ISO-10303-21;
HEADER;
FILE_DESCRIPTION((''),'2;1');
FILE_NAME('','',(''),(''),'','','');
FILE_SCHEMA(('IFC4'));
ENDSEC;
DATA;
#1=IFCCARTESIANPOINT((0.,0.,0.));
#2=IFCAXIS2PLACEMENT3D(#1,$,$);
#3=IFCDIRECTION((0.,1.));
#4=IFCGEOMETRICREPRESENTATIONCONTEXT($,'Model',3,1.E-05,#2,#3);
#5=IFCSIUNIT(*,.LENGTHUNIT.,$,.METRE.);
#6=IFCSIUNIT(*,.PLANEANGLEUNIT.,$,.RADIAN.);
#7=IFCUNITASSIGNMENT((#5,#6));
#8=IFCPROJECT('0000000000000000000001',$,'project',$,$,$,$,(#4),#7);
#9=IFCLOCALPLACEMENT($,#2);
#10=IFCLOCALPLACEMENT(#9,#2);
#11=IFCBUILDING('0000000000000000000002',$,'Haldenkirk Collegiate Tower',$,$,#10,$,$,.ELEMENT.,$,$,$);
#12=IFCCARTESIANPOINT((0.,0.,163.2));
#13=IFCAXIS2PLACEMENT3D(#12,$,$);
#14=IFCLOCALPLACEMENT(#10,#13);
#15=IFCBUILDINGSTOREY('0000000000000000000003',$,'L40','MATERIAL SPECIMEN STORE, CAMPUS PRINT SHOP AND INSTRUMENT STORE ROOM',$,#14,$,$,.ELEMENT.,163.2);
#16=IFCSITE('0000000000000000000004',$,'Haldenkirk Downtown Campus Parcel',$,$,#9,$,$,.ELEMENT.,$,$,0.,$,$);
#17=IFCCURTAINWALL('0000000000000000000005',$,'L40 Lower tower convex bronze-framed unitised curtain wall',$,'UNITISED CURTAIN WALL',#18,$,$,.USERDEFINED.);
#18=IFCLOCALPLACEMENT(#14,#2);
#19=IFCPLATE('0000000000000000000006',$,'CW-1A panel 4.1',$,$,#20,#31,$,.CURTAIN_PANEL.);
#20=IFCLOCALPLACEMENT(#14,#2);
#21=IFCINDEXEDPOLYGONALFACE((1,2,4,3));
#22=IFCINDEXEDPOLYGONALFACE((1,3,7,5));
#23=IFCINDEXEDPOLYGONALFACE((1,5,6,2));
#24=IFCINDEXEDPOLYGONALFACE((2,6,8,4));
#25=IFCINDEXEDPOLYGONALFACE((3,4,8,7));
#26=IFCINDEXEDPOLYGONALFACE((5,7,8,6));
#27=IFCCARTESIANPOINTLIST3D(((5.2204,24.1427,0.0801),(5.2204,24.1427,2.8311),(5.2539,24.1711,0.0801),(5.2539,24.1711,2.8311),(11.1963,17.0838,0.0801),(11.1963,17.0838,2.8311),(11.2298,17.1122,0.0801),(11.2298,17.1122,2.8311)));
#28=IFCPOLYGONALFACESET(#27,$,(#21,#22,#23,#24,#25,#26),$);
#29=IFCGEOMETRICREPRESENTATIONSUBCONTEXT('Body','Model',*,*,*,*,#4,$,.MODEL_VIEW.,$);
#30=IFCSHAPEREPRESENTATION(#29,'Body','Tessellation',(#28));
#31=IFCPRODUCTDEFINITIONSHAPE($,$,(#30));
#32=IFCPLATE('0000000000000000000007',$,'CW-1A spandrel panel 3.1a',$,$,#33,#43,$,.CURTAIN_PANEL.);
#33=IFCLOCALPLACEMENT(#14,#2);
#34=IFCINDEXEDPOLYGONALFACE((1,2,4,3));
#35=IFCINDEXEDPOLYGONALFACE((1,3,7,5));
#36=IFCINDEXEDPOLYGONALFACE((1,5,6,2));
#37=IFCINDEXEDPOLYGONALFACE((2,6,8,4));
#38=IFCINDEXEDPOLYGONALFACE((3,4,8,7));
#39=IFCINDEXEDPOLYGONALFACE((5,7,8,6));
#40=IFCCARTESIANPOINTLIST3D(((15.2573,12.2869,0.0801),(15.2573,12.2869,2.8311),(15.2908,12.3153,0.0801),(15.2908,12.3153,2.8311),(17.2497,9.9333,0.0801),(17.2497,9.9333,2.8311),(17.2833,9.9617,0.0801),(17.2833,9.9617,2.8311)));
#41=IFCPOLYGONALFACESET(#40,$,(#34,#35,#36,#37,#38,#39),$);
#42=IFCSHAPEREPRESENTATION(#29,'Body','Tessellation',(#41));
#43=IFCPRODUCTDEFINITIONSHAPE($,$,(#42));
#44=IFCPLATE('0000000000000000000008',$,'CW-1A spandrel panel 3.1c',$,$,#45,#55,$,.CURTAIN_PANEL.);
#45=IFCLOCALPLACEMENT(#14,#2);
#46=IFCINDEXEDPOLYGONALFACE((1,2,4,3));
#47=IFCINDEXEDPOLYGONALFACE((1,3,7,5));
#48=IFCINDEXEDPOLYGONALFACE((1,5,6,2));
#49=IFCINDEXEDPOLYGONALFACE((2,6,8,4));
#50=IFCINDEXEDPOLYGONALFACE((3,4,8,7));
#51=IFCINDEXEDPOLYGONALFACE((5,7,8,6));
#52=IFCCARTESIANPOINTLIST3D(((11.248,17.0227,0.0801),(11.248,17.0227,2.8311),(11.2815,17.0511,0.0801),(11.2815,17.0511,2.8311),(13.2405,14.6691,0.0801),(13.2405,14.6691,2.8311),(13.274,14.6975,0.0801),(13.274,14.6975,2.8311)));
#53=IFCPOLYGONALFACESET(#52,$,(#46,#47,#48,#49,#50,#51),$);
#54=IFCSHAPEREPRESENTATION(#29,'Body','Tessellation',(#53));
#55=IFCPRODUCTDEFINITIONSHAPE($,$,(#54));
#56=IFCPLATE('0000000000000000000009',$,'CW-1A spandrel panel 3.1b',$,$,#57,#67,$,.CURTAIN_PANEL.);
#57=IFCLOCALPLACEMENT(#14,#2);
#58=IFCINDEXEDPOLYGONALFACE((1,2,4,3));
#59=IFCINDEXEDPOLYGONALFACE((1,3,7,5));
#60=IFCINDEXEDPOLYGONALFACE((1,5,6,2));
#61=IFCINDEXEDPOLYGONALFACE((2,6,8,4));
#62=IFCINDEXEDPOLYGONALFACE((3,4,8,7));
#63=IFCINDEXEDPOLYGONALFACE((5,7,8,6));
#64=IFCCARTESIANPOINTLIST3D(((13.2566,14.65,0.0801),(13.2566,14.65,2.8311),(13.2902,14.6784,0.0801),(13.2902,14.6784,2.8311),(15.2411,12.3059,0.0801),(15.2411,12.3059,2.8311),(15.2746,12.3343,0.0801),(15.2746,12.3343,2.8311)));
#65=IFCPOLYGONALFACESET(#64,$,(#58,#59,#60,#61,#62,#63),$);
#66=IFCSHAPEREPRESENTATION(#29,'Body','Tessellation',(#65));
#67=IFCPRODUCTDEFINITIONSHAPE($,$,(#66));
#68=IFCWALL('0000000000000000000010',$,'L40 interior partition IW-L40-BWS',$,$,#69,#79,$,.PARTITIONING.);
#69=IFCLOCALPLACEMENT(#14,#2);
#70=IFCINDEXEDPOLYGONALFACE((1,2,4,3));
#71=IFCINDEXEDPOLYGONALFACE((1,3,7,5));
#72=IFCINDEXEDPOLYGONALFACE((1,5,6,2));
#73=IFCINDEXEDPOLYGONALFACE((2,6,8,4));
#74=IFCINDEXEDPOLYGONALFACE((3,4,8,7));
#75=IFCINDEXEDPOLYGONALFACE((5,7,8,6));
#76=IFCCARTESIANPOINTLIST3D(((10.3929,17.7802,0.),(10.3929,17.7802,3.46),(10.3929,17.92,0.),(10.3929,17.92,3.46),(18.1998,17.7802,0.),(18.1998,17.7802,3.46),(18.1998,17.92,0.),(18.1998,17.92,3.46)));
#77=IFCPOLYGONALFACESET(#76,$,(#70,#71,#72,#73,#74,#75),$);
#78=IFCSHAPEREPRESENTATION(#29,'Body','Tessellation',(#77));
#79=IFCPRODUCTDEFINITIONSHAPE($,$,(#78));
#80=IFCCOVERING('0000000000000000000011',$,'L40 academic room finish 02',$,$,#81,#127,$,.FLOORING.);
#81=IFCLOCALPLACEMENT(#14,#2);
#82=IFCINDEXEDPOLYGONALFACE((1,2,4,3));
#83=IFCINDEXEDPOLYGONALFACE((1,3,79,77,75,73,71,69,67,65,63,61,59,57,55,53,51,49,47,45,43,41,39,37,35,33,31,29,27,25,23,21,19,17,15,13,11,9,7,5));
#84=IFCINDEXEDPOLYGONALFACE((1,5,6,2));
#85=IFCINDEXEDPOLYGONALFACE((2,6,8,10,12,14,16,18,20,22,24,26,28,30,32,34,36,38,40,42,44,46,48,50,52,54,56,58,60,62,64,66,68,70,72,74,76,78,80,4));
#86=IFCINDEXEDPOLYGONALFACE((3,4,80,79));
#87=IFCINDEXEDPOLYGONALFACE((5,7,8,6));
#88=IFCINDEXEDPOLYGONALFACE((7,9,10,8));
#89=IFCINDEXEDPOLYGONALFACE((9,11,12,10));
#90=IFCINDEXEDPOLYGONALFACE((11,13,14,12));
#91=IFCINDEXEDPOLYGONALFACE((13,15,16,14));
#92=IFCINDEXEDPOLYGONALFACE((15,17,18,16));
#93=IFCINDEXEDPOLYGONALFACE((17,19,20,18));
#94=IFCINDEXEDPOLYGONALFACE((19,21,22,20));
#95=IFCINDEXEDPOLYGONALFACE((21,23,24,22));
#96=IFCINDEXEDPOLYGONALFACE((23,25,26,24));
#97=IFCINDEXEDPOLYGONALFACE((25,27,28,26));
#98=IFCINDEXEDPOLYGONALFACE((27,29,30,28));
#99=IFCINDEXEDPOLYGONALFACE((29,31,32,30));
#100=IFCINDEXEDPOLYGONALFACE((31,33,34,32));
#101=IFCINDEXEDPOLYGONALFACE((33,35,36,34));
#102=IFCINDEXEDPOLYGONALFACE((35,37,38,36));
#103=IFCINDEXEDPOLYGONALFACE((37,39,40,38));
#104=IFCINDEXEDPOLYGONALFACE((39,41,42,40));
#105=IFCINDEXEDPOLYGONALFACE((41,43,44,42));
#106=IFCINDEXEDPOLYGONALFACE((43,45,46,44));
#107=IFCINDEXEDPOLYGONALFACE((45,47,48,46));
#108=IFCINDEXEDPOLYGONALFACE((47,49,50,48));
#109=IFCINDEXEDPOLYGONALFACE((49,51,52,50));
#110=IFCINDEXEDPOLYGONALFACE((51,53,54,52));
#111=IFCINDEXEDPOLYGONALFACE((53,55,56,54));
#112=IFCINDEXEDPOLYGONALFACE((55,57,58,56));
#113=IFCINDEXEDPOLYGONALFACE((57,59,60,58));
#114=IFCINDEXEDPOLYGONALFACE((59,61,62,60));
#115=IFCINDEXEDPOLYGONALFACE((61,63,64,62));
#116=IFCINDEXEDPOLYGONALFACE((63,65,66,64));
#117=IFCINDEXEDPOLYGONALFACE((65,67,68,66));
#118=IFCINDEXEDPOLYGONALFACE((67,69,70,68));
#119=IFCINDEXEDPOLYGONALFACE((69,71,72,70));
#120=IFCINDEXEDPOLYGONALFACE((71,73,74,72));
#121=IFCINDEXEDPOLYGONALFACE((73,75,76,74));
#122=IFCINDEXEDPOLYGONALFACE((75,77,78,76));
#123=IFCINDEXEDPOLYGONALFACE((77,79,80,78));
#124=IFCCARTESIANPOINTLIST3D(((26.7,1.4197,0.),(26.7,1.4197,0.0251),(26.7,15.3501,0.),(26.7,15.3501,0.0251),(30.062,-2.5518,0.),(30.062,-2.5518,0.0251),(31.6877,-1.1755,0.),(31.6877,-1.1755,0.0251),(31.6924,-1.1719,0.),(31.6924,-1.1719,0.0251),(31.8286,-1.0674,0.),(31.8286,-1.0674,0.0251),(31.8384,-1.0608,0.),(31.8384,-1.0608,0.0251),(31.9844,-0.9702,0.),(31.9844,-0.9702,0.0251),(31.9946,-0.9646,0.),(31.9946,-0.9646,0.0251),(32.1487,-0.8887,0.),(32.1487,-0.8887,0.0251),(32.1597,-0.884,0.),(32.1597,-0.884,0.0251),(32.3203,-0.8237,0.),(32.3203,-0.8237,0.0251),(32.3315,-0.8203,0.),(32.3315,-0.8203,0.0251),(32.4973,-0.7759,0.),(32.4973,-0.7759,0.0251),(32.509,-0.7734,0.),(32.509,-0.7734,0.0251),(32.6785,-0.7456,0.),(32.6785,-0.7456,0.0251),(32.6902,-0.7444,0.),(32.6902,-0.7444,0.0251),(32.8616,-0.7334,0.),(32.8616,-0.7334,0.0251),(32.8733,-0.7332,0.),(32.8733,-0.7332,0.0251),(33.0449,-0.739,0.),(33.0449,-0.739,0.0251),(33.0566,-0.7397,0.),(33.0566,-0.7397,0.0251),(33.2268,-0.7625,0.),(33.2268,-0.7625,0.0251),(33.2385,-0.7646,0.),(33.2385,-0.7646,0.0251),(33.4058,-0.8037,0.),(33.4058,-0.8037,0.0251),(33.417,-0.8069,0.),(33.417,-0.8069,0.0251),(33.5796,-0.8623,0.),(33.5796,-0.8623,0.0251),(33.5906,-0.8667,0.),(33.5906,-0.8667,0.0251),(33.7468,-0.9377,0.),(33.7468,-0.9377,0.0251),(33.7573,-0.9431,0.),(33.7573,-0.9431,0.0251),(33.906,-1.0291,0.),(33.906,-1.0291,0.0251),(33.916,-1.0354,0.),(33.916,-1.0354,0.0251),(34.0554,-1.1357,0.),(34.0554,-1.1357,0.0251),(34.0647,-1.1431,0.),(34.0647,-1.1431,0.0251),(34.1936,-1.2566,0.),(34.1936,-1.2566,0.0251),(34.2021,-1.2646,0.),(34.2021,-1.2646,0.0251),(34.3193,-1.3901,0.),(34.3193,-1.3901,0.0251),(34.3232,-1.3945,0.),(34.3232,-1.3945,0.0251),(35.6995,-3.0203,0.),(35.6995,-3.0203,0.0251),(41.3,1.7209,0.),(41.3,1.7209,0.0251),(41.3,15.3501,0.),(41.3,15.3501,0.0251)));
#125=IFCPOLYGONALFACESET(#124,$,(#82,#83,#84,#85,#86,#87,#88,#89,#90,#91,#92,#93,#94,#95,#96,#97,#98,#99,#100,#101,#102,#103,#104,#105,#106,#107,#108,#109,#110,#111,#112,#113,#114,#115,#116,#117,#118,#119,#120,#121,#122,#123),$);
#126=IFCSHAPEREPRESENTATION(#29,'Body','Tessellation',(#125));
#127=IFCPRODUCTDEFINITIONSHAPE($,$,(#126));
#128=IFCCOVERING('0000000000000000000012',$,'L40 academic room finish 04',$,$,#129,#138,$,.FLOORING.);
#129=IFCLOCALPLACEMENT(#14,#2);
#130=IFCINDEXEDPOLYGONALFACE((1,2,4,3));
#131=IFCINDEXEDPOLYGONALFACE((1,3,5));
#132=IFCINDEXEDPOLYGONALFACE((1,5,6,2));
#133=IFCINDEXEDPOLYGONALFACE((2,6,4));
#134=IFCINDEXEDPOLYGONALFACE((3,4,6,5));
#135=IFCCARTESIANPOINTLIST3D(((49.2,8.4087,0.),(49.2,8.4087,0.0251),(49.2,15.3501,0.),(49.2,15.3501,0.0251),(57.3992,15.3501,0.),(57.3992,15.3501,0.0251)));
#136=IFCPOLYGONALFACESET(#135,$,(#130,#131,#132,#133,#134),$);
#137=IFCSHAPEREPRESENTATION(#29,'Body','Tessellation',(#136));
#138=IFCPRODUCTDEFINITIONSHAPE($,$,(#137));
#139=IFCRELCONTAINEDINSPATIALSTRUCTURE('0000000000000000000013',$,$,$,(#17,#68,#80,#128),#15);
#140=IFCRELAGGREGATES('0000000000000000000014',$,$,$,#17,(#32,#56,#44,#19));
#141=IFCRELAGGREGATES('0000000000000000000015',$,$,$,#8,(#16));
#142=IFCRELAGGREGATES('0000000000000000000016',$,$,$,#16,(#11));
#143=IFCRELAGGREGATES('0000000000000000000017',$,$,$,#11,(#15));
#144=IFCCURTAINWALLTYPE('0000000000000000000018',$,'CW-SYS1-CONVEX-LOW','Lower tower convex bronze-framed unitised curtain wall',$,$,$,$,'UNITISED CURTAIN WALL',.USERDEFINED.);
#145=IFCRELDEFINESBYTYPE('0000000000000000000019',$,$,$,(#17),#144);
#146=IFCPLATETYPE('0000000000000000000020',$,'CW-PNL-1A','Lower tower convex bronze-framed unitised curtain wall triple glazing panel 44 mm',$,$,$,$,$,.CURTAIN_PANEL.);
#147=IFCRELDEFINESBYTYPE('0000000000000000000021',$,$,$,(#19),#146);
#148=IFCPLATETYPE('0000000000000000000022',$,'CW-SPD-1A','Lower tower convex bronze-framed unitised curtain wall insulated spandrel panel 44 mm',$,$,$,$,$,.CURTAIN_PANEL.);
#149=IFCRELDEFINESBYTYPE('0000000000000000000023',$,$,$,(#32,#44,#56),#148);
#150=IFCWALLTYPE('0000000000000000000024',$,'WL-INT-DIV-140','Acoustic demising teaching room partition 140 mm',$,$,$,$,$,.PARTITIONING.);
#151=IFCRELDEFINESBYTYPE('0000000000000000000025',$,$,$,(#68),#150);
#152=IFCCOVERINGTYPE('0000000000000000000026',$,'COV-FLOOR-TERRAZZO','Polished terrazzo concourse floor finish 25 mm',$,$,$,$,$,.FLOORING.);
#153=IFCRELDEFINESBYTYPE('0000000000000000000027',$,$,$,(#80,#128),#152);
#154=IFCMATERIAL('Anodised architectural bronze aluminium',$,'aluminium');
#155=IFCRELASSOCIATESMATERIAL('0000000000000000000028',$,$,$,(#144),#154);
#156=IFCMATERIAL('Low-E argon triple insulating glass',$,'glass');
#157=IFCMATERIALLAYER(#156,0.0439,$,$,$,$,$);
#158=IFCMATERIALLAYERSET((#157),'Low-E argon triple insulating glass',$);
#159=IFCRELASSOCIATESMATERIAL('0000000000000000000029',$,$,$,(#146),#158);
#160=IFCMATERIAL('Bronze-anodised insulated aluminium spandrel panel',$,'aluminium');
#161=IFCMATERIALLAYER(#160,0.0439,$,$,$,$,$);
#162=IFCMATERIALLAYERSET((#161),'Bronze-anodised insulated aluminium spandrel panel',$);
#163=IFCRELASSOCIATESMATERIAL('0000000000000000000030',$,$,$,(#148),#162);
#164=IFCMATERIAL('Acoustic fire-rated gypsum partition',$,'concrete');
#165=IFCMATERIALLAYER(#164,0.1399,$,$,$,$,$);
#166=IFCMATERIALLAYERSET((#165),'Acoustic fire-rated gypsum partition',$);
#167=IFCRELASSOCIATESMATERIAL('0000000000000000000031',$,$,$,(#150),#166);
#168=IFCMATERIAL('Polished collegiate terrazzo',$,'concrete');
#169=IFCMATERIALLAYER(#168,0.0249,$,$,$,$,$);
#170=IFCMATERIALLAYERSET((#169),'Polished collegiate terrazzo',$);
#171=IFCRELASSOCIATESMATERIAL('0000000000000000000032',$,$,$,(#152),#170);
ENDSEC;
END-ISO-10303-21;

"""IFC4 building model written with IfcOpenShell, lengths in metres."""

from ifc_helpers import new_model, si_unit, direction, frame, frame_2d, origin, origin_2d, place, context, subcontext, project, spatial, polyline, rectangle, outline, extrude, source, transform, mapped, material, layer, layer_set, type_object, element, aggregate, save


model = new_model("IFC4")

# Units and contexts
model_context = context("Model", 3, precision=1e-05, world=origin(), true_north=direction((0.0, 1.0)))
body_context = subcontext(model_context, "Body", "Model", "MODEL_VIEW")
ifc_project = project(units=[si_unit("LENGTHUNIT", "METRE"), si_unit("PLANEANGLEUNIT", "RADIAN")], contexts=[model_context])

# Site, building, storey
site_placement = place(None, origin())
site = spatial("IfcSite", under=ifc_project, at=site_placement, Name="Haldenkirk Downtown Campus Parcel", CompositionType="ELEMENT", RefElevation=0.0)
building_placement = place(site_placement, origin())
building = spatial("IfcBuilding", under=site, at=building_placement, Name="Haldenkirk Collegiate Tower", CompositionType="ELEMENT")
storey_placement = place(building_placement, frame((0.0, 0.0, 163.2)))
storey = spatial("IfcBuildingStorey", under=building, at=storey_placement, Name="L40", Description="MATERIAL SPECIMEN STORE, CAMPUS PRINT SHOP AND INSTRUMENT STORE ROOM", CompositionType="ELEMENT", Elevation=163.2)

# Curtain wall
ifc_material_1 = material(Name="Anodised architectural bronze aluminium", Category="aluminium")
curtain_wall_type = type_object("IfcCurtainWallType", Name="CW-SYS1-CONVEX-LOW", Description="Lower tower convex bronze-framed unitised curtain wall", ElementType="UNITISED CURTAIN WALL", PredefinedType="USERDEFINED", material=ifc_material_1)
curtain_wall_placement = place(storey_placement, origin())
curtain_wall = element("IfcCurtainWall", 1, at=curtain_wall_placement, inside=storey, type_object=curtain_wall_type, Name="L40 Lower tower convex bronze-framed unitised curtain wall", ObjectType="UNITISED CURTAIN WALL", PredefinedType="USERDEFINED")

# Plates
ifc_material_2 = material(Name="Low-E argon triple insulating glass", Category="glass")
ifc_layer_1 = layer(ifc_material_2, 0.0439)
ifc_layer_set_1 = layer_set([ifc_layer_1], Name="Low-E argon triple insulating glass")
plate_type_1 = type_object("IfcPlateType", Name="CW-PNL-1A", Description="Lower tower convex bronze-framed unitised curtain wall triple glazing panel 44 mm", PredefinedType="CURTAIN_PANEL", material=ifc_layer_set_1)
shared_shape_1 = source(origin(), body_context, "Body", "SweptSolid", [
    extrude(rectangle(XDim=9.2488, YDim=0.0439, at=origin_2d()), origin(), (0.0, 0.0, 1.0), 2.751),
])
plate_1_placement = place(storey_placement, frame((8.2251, 20.6274, 0.0801), z_axis=(0.0, 0.0, 1.0), x_axis=(-0.646123, 0.763233, 0.0)))
plate_1 = element("IfcPlate", 2, at=plate_1_placement, type_object=plate_type_1, Name="CW-1A panel 4.1", PredefinedType="CURTAIN_PANEL", context=body_context, shape_type="MappedRepresentation", body=[
    mapped(shared_shape_1, transform((0.0, 0.0, 0.0), x_axis=(1.0, 0.0, 0.0), y_axis=(0.0, 1.0, 0.0), z_axis=(0.0, 0.0, 1.0), scale=1.0)),
])
ifc_material_3 = material(Name="Bronze-anodised insulated aluminium spandrel panel", Category="aluminium")
ifc_layer_2 = layer(ifc_material_3, 0.0439)
ifc_layer_set_2 = layer_set([ifc_layer_2], Name="Bronze-anodised insulated aluminium spandrel panel")
plate_type_2 = type_object("IfcPlateType", Name="CW-SPD-1A", Description="Lower tower convex bronze-framed unitised curtain wall insulated spandrel panel 44 mm", PredefinedType="CURTAIN_PANEL", material=ifc_layer_set_2)
shared_shape_2 = source(origin(), body_context, "Body", "SweptSolid", [
    extrude(rectangle(XDim=3.0837, YDim=0.0439, at=origin_2d()), origin(), (0.0, 0.0, 1.0), 2.751),
])
plate_2_placement = place(storey_placement, frame((16.2703, 11.1243, 0.0801), z_axis=(0.0, 0.0, 1.0), x_axis=(-0.646123, 0.763233, 0.0)))
plate_2 = element("IfcPlate", 3, at=plate_2_placement, type_object=plate_type_2, Name="CW-1A spandrel panel 3.1a", PredefinedType="CURTAIN_PANEL", context=body_context, shape_type="MappedRepresentation", body=[
    mapped(shared_shape_2, transform((0.0, 0.0, 0.0), x_axis=(1.0, 0.0, 0.0), y_axis=(0.0, 1.0, 0.0), z_axis=(0.0, 0.0, 1.0), scale=1.0)),
])
plate_3_placement = place(storey_placement, frame((12.261, 15.8601, 0.0801), z_axis=(0.0, 0.0, 1.0), x_axis=(-0.646123, 0.763233, 0.0)))
plate_3 = element("IfcPlate", 4, at=plate_3_placement, type_object=plate_type_2, Name="CW-1A spandrel panel 3.1c", PredefinedType="CURTAIN_PANEL", context=body_context, shape_type="MappedRepresentation", body=[
    mapped(shared_shape_2, transform((0.0, 0.0, 0.0), x_axis=(1.0, 0.0, 0.0), y_axis=(0.0, 1.0, 0.0), z_axis=(0.0, 0.0, 1.0), scale=1.0)),
])
shared_shape_3 = source(origin(), body_context, "Body", "SweptSolid", [
    extrude(rectangle(XDim=3.0713, YDim=0.0439, at=origin_2d()), origin(), (0.0, 0.0, 1.0), 2.751),
])
plate_4_placement = place(storey_placement, frame((14.2656, 13.4922, 0.0801), z_axis=(0.0, 0.0, 1.0), x_axis=(-0.646123, 0.763233, 0.0)))
plate_4 = element("IfcPlate", 5, at=plate_4_placement, type_object=plate_type_2, Name="CW-1A spandrel panel 3.1b", PredefinedType="CURTAIN_PANEL", context=body_context, shape_type="MappedRepresentation", body=[
    mapped(shared_shape_3, transform((0.0, 0.0, 0.0), x_axis=(1.0, 0.0, 0.0), y_axis=(0.0, 1.0, 0.0), z_axis=(0.0, 0.0, 1.0), scale=1.0)),
])
aggregate(curtain_wall, [plate_2, plate_4, plate_3, plate_1])

# Wall
ifc_material_4 = material(Name="Acoustic fire-rated gypsum partition", Category="concrete")
ifc_layer_3 = layer(ifc_material_4, 0.1399)
ifc_layer_set_3 = layer_set([ifc_layer_3], Name="Acoustic fire-rated gypsum partition")
wall_type = type_object("IfcWallType", Name="WL-INT-DIV-140", Description="Acoustic demising teaching room partition 140 mm", PredefinedType="PARTITIONING", material=ifc_layer_set_3)
wall_placement = place(storey_placement, frame((10.3931, 17.8501, 0.0), z_axis=(0.0, 0.0, 1.0), x_axis=(1.0, 0.0, 0.0)))
element("IfcWall", 6, at=wall_placement, inside=storey, type_object=wall_type, Name="L40 interior partition IW-L40-BWS", PredefinedType="PARTITIONING", context=body_context, shape_type="SweptSolid", body=[
    extrude(rectangle(XDim=7.8069, YDim=0.1399, at=frame_2d((3.9033, 0.0))), origin(), (0.0, 0.0, 1.0), 3.46),
])

# Coverings
ifc_material_5 = material(Name="Polished collegiate terrazzo", Category="concrete")
ifc_layer_4 = layer(ifc_material_5, 0.0249)
ifc_layer_set_4 = layer_set([ifc_layer_4], Name="Polished collegiate terrazzo")
covering_type_1 = type_object("IfcCoveringType", Name="COV-FLOOR-TERRAZZO", Description="Polished terrazzo concourse floor finish 25 mm", PredefinedType="FLOORING", material=ifc_layer_set_4)
covering_1_placement = place(storey_placement, origin())
element("IfcCovering", 7, at=covering_1_placement, inside=storey, type_object=covering_type_1, Name="L40 academic room finish 02", PredefinedType="FLOORING", context=body_context, shape_type="SweptSolid", body=[
    extrude(outline(polyline([(33.7573, -0.9431), (33.7468, -0.9377), (33.5906, -0.8667), (33.5796, -0.8623), (33.417, -0.8069), (33.4058, -0.8037), (33.2385, -0.7646), (33.2268, -0.7625), (33.0566, -0.7397), (33.0449, -0.739), (32.8733, -0.7332), (32.8616, -0.7334), (32.6902, -0.7444), (32.6785, -0.7456), (32.509, -0.7734), (32.4973, -0.7759), (32.3315, -0.8203), (32.3203, -0.8237), (32.1597, -0.884), (32.1487, -0.8887), (31.9946, -0.9646), (31.9844, -0.9702), (31.8384, -1.0608), (31.8286, -1.0674), (31.6924, -1.1719), (31.6877, -1.1755), (30.062, -2.5518), (26.7, 1.4197), (26.7, 15.3501), (41.3, 15.3501), (41.3, 1.7209), (35.6995, -3.0203), (34.3232, -1.3945), (34.3193, -1.3901), (34.2021, -1.2646), (34.1936, -1.2566), (34.0647, -1.1431), (34.0554, -1.1357), (33.916, -1.0354), (33.906, -1.0291), (33.7573, -0.9431)])), origin(), (0.0, 0.0, 1.0), 0.0251),
])
covering_2_placement = place(storey_placement, origin())
element("IfcCovering", 8, at=covering_2_placement, inside=storey, type_object=covering_type_1, Name="L40 academic room finish 04", PredefinedType="FLOORING", context=body_context, shape_type="SweptSolid", body=[
    extrude(outline(polyline([(49.2, 8.4087), (49.2, 15.3501), (57.3992, 15.3501), (49.2, 8.4087)])), origin(), (0.0, 0.0, 1.0), 0.0251),
])

save(model, "model.ifc")
